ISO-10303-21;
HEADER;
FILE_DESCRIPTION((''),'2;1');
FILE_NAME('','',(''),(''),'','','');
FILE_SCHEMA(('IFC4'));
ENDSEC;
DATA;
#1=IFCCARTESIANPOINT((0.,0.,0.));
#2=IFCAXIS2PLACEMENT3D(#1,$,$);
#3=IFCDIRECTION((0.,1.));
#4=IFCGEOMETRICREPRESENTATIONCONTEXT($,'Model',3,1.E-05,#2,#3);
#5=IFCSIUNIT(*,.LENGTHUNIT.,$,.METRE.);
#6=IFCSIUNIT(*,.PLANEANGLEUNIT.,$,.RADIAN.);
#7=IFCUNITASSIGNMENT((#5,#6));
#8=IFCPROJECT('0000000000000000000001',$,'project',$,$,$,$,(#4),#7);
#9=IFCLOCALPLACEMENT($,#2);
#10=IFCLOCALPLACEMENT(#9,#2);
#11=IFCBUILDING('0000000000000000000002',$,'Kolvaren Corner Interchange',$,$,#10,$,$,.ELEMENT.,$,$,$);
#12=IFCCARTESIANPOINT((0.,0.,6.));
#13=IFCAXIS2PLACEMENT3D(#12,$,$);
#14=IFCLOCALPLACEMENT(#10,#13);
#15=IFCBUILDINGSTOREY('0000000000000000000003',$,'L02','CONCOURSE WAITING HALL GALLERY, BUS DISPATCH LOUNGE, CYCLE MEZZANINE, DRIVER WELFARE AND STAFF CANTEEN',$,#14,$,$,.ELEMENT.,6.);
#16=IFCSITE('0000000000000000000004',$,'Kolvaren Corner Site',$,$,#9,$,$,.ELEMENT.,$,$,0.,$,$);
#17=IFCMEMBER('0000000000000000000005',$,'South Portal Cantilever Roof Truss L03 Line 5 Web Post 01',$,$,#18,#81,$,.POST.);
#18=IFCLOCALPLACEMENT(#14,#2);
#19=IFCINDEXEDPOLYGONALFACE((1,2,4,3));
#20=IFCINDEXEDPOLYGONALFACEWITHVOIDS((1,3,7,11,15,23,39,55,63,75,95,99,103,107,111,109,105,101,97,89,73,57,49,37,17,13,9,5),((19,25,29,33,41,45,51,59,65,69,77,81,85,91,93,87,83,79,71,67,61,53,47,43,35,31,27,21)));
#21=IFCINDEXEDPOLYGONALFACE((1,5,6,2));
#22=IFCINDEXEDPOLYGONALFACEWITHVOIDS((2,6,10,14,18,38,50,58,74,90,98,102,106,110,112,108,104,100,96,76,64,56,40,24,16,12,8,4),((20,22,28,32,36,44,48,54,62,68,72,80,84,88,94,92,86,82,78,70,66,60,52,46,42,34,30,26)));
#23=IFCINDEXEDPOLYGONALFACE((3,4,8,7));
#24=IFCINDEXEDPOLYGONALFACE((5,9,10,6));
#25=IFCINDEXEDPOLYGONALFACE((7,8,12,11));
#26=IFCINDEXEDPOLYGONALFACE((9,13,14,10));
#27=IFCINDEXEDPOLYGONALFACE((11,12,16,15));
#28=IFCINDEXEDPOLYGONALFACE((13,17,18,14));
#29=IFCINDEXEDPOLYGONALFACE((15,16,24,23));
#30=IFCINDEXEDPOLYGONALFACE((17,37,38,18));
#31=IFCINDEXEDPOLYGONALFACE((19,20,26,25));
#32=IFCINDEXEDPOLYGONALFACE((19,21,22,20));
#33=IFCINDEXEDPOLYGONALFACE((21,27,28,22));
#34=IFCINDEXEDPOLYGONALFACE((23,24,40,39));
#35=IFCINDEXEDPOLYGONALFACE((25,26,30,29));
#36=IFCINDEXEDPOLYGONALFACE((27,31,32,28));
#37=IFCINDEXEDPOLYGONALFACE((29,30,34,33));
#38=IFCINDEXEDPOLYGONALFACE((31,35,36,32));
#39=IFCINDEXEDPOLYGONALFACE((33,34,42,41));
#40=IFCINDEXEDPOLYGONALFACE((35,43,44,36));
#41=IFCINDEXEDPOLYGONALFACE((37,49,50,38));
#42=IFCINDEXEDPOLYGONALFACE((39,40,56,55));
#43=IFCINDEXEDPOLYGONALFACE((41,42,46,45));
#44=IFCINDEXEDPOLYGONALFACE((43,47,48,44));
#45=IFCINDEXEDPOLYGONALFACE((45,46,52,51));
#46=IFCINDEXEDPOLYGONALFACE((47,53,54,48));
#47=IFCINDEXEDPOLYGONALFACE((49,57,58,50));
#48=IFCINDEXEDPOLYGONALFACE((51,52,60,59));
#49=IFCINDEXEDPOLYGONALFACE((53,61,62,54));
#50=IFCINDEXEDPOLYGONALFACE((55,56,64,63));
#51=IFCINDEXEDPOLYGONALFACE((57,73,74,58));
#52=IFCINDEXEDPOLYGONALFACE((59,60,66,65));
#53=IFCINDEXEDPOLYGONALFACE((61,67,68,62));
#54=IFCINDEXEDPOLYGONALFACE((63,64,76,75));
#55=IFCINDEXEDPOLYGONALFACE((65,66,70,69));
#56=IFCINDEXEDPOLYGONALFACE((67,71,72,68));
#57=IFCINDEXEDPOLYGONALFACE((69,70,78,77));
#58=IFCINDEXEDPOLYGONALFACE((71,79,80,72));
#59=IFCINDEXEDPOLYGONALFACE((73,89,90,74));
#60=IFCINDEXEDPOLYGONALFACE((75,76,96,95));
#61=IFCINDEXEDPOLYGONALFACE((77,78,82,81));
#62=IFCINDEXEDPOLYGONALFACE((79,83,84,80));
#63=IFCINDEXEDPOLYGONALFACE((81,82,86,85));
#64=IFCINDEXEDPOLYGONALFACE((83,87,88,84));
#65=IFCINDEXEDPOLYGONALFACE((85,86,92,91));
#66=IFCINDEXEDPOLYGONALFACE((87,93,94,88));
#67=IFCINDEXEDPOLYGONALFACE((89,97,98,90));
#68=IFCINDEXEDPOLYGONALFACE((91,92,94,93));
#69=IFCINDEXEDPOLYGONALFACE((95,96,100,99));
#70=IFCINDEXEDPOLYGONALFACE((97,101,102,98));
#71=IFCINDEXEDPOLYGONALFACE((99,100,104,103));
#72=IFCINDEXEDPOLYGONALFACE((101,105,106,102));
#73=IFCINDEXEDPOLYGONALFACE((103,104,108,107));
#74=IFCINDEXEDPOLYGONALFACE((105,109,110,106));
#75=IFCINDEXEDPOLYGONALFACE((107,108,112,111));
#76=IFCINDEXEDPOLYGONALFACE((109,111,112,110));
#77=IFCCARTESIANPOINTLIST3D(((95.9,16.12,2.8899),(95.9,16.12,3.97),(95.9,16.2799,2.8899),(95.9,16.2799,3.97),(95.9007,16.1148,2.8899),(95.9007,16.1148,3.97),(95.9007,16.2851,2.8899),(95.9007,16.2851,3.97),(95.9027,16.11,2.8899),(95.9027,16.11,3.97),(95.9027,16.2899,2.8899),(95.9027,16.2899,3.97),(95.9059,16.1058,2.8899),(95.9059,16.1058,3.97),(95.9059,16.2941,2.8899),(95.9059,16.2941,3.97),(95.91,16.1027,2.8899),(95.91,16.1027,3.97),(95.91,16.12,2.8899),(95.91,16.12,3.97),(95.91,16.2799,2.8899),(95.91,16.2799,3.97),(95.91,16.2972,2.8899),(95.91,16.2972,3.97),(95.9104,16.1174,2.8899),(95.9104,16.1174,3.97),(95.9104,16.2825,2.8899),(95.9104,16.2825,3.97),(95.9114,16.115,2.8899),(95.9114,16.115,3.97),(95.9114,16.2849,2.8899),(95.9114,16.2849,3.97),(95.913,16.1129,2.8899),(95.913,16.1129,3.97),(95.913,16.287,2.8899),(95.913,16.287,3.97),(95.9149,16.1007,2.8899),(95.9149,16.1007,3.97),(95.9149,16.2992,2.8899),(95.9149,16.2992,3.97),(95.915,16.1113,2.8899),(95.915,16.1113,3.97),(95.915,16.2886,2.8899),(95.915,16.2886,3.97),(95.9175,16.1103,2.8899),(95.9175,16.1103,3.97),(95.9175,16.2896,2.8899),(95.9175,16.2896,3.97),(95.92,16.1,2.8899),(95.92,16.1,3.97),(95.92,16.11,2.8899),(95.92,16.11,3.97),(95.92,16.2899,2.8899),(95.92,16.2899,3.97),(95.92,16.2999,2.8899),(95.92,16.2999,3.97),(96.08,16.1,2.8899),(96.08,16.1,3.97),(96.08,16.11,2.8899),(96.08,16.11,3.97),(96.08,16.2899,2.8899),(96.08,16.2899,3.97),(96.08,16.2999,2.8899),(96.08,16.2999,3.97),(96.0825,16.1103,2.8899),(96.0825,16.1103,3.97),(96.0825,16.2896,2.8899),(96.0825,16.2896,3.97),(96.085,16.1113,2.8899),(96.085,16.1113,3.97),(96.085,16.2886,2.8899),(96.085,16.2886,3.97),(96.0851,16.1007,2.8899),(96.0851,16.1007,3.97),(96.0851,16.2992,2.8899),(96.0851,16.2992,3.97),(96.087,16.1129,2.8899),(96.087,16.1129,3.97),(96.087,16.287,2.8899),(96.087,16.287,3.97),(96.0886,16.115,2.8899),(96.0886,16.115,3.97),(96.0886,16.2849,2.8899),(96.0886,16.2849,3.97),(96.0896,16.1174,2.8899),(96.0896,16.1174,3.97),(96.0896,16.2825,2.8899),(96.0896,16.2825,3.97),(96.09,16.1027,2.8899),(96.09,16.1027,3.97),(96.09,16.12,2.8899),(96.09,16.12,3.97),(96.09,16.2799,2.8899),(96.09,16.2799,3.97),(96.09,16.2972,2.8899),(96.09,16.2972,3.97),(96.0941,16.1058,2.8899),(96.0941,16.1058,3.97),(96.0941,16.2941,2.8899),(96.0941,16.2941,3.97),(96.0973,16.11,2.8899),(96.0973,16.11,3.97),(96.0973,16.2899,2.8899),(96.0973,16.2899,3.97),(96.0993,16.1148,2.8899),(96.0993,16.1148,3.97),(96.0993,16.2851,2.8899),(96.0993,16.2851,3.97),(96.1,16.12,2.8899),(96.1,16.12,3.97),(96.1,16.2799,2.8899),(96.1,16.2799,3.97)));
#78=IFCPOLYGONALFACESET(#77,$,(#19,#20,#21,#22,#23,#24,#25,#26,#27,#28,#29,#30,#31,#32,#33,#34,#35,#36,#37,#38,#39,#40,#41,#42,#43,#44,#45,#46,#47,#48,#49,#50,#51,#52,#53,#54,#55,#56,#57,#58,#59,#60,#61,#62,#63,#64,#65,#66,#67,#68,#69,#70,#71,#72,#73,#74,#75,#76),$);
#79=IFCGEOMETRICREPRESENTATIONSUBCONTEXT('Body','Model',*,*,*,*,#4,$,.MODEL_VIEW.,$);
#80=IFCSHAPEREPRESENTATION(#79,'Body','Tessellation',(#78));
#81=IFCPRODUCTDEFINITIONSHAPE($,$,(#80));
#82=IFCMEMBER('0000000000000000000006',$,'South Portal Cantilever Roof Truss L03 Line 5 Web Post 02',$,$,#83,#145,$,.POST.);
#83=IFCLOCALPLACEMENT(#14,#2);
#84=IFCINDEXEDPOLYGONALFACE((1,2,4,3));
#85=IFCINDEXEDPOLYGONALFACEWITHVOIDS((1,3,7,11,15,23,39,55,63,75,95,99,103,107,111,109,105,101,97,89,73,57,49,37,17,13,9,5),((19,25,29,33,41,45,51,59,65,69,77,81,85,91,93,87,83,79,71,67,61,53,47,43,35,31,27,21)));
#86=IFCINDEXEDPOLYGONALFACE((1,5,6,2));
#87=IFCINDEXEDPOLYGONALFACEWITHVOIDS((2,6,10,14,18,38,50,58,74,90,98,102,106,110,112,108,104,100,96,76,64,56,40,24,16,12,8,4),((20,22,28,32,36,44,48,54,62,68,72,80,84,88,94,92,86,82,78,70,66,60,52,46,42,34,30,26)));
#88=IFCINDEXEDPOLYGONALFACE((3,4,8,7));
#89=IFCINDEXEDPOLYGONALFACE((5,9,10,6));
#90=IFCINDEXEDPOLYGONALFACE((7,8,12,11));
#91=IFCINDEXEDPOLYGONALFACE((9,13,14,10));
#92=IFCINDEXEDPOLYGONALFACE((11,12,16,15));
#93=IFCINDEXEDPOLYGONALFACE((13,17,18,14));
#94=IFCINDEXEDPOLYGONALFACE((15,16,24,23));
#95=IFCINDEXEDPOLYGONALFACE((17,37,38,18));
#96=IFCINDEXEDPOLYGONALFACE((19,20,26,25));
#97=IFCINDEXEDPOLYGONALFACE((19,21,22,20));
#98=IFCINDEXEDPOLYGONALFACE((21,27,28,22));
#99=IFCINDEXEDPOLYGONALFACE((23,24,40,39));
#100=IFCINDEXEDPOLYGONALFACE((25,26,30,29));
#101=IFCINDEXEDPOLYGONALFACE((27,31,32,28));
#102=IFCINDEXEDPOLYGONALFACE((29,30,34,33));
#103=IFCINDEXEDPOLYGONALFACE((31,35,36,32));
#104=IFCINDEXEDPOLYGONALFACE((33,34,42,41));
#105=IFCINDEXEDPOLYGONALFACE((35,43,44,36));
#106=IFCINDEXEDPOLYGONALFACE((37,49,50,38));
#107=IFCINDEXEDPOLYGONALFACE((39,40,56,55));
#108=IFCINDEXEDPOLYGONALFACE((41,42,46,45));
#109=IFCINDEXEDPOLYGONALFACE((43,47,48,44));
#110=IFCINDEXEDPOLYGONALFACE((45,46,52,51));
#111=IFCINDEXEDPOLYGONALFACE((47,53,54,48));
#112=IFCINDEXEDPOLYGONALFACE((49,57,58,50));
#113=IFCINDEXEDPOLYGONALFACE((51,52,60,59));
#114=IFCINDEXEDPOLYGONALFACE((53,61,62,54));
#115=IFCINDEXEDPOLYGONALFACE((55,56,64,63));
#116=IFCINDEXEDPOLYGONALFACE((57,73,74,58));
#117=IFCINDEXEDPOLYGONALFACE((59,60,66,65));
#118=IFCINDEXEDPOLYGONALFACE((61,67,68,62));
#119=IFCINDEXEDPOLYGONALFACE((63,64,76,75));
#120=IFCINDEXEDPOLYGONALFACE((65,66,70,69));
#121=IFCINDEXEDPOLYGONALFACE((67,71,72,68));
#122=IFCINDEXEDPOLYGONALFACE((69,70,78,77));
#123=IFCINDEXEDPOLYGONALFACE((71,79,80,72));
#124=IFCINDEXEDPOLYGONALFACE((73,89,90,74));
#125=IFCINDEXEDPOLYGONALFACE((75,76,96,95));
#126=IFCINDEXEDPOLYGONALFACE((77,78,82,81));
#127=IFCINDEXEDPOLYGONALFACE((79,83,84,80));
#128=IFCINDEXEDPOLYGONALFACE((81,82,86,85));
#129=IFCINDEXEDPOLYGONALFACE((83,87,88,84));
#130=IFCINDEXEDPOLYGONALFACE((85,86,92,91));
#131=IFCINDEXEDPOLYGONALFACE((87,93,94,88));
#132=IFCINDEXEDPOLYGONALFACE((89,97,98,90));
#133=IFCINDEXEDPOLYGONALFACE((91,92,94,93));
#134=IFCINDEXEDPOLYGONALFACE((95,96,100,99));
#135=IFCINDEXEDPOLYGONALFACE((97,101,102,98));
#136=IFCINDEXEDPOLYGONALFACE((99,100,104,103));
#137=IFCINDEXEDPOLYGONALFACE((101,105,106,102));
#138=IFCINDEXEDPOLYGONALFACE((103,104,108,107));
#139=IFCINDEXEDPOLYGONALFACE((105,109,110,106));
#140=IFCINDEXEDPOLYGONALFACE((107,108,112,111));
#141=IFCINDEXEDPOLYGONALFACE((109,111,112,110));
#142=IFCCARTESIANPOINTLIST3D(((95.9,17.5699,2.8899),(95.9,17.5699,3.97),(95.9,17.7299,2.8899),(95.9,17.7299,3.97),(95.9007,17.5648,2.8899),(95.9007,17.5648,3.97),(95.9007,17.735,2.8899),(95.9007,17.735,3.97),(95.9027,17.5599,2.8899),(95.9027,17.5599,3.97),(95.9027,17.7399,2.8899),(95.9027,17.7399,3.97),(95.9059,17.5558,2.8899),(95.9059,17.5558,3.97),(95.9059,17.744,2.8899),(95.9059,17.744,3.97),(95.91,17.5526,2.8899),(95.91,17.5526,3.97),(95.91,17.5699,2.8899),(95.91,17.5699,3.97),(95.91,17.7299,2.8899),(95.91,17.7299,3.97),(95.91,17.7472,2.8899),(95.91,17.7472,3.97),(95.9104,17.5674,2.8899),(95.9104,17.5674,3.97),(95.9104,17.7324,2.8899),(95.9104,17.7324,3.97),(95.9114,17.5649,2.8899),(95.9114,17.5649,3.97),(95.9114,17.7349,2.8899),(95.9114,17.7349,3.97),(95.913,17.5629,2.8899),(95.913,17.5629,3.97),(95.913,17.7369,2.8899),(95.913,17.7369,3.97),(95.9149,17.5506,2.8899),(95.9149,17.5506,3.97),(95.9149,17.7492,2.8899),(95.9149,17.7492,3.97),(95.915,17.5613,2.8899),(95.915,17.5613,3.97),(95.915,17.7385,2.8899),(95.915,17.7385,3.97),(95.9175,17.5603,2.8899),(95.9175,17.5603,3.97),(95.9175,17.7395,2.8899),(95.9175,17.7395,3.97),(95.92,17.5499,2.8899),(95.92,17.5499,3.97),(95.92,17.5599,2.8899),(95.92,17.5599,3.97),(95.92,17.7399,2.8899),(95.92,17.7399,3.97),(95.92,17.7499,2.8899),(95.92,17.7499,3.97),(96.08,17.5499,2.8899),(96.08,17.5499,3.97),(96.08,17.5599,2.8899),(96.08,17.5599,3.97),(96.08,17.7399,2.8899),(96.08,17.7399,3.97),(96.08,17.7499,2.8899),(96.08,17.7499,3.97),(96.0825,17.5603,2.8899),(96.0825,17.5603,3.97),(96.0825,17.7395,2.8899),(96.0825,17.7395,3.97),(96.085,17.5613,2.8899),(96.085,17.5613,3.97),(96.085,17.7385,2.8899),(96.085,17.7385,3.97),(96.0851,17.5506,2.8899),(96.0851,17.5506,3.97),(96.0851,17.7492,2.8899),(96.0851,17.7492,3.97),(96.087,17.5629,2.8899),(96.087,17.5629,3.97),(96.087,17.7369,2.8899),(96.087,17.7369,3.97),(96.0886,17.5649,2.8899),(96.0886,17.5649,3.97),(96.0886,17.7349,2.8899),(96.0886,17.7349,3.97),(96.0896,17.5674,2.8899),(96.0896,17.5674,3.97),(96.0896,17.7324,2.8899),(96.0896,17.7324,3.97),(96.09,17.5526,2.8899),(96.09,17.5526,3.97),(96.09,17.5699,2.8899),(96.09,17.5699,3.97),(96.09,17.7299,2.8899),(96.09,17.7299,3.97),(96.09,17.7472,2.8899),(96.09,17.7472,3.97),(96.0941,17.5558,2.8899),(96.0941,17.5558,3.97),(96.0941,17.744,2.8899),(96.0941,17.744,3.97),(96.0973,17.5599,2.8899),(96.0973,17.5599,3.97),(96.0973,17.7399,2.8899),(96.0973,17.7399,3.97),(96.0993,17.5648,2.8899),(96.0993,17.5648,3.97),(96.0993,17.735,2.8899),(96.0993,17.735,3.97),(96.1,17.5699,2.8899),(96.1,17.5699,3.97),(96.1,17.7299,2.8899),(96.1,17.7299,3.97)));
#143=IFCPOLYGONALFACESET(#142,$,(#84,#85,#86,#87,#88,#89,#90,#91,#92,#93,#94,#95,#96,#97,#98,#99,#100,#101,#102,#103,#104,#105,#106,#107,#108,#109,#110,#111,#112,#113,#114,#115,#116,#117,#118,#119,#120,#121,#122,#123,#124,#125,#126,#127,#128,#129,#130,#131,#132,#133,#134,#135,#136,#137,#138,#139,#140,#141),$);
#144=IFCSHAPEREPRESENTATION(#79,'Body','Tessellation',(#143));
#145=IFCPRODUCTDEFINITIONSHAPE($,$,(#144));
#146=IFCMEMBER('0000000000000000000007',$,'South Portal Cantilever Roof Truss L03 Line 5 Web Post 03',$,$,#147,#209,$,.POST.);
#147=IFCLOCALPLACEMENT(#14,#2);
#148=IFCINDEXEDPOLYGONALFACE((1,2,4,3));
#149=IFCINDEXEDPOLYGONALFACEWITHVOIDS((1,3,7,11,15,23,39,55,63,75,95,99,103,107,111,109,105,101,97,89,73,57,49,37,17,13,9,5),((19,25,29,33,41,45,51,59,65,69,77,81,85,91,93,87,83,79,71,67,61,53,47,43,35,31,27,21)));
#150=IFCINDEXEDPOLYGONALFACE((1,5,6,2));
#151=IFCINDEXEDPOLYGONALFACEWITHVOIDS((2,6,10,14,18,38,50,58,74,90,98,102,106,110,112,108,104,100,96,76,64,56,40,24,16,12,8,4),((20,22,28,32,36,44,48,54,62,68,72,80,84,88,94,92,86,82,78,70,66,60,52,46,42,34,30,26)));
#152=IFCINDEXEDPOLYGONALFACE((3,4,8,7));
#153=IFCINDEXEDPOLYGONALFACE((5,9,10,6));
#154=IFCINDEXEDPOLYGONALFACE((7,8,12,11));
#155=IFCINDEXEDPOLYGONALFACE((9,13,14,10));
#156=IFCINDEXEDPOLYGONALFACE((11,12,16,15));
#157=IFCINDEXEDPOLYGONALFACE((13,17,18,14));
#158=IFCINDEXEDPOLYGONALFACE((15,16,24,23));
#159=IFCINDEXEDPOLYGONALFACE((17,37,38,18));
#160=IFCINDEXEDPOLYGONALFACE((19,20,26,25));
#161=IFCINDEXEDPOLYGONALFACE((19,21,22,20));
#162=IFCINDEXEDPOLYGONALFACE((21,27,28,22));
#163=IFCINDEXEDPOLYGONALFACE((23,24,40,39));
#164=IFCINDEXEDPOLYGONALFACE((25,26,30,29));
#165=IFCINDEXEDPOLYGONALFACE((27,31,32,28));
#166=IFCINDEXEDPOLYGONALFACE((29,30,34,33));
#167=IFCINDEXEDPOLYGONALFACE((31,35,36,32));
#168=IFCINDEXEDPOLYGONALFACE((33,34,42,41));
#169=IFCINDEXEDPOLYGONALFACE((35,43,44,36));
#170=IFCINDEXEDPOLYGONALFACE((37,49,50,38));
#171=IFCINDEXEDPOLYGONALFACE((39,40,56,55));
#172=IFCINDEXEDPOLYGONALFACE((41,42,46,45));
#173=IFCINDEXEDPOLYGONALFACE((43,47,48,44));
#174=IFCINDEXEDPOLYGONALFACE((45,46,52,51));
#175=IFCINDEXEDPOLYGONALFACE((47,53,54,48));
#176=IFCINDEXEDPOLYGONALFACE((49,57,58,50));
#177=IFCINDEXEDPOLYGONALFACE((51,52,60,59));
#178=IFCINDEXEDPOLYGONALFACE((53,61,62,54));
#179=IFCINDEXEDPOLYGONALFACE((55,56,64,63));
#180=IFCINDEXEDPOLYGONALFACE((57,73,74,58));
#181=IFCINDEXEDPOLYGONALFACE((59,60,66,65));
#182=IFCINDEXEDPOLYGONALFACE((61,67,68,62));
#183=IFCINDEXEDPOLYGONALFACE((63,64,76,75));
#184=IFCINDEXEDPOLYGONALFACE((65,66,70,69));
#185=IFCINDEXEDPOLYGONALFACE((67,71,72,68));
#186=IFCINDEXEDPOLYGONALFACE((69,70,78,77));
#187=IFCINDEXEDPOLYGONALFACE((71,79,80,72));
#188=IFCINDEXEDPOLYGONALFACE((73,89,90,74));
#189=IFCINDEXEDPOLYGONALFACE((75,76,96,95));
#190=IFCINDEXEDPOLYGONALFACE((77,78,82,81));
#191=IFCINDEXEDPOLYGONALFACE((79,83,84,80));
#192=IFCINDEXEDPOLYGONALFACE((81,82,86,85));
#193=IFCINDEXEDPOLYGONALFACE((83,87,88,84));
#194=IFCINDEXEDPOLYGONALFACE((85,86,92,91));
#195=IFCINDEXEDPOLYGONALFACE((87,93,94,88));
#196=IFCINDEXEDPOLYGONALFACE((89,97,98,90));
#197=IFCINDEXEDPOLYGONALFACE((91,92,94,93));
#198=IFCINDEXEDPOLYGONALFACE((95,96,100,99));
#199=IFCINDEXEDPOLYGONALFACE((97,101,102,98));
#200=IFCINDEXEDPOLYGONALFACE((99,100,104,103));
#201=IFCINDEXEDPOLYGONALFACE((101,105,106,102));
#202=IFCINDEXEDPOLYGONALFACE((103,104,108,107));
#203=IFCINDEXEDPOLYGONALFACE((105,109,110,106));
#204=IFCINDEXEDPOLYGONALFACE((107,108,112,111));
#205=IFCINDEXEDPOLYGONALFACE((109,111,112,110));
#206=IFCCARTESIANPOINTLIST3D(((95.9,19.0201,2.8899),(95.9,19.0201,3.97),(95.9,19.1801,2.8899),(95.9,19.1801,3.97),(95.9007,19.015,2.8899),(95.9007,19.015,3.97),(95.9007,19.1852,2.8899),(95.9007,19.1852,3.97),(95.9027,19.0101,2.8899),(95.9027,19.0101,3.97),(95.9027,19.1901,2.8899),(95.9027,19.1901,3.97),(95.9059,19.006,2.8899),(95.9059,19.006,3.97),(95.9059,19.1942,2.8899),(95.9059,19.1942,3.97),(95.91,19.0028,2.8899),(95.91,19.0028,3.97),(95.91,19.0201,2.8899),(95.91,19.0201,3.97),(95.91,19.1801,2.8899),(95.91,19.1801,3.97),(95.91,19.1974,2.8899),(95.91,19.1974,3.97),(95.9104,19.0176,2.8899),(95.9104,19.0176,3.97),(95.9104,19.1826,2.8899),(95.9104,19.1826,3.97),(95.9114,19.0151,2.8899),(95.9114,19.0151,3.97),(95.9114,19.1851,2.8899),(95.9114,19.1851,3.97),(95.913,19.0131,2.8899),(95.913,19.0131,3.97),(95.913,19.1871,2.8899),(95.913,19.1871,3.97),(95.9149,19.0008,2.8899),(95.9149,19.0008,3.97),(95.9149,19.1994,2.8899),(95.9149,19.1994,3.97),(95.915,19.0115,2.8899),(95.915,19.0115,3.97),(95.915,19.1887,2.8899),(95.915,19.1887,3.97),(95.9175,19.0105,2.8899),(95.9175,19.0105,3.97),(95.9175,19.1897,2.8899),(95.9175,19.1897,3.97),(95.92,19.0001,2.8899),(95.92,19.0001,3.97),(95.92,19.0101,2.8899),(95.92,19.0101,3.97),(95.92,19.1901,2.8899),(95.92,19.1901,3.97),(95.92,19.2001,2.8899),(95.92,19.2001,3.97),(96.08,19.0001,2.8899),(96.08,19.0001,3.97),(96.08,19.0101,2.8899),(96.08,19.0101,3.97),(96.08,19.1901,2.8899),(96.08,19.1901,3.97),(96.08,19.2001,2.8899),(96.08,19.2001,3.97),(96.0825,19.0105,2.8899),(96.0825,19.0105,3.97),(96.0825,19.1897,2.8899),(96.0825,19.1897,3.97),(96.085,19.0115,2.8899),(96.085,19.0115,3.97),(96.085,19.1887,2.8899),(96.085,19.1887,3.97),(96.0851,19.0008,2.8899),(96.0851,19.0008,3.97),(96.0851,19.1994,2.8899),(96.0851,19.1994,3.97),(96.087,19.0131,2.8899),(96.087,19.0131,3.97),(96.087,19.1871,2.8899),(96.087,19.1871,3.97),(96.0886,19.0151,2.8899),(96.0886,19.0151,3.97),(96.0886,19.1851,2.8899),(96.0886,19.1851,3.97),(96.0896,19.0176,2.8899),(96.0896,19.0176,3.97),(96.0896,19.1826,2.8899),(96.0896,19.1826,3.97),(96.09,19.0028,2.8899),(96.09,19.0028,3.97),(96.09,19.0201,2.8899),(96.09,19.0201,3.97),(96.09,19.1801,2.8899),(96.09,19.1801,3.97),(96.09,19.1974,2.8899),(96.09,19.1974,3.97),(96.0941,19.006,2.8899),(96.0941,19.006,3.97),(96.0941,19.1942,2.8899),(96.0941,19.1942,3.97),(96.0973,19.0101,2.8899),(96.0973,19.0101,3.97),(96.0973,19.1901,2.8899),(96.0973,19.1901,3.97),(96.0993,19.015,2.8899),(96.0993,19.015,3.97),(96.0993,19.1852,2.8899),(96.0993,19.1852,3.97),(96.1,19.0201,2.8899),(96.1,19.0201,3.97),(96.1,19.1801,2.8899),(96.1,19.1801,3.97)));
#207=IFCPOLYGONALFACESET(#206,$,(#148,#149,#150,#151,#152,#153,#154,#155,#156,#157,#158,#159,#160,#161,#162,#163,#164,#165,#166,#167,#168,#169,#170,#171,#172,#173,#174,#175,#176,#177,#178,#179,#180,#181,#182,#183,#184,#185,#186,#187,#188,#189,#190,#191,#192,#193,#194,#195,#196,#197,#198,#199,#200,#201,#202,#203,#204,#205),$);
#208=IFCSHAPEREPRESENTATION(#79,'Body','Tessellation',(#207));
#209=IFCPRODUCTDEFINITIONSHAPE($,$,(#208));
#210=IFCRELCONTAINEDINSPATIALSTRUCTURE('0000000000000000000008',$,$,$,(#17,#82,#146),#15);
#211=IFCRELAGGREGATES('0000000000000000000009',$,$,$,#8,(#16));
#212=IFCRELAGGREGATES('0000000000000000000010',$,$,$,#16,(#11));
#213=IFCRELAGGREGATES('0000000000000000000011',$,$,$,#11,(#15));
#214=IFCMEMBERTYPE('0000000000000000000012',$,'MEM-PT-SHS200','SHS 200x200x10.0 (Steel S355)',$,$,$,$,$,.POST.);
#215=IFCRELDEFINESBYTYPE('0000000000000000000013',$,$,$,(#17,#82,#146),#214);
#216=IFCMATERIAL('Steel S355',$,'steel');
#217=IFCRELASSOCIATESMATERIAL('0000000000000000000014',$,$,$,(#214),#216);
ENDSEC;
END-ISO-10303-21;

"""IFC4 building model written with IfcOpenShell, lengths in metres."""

from ifc_helpers import new_model, si_unit, direction, frame, origin, origin_2d, place, context, subcontext, project, spatial, hollow_rectangle, extrude, material, material_profile, profile_set, type_object, element, save


model = new_model("IFC4")

# Units and contexts
model_context = context("Model", 3, precision=1e-05, world=origin(), true_north=direction((0.0, 1.0)))
body_context = subcontext(model_context, "Body", "Model", "MODEL_VIEW")
ifc_project = project(units=[si_unit("LENGTHUNIT", "METRE"), si_unit("PLANEANGLEUNIT", "RADIAN")], contexts=[model_context])

# Site, building, storey
site_placement = place(None, origin())
site = spatial("IfcSite", under=ifc_project, at=site_placement, Name="Kolvaren Corner Site", CompositionType="ELEMENT", RefElevation=0.0)
building_placement = place(site_placement, origin())
building = spatial("IfcBuilding", under=site, at=building_placement, Name="Kolvaren Corner Interchange", CompositionType="ELEMENT")
storey_placement = place(building_placement, frame((0.0, 0.0, 6.0)))
storey = spatial("IfcBuildingStorey", under=building, at=storey_placement, Name="L02", Description="CONCOURSE WAITING HALL GALLERY, BUS DISPATCH LOUNGE, CYCLE MEZZANINE, DRIVER WELFARE AND STAFF CANTEEN", CompositionType="ELEMENT", Elevation=6.0)

# Members
ifc_material_1 = material(Name="Steel S355", Category="steel")
ifc_material_profile_1 = material_profile(ifc_material_1, hollow_rectangle(XDim=0.2, YDim=0.2, WallThickness=0.01, InnerFilletRadius=0.01, OuterFilletRadius=0.02, at=origin_2d()), Name="SHS 200x200x10.0")
ifc_profile_set_1 = profile_set([ifc_material_profile_1], Name="Steel S355")
member_type_1 = type_object("IfcMemberType", Name="MEM-PT-SHS200", Description="SHS 200x200x10.0 (Steel S355)", PredefinedType="POST", material=ifc_profile_set_1)
for number, where, z_axis, x_axis, name in (
    (1, (96.0, 16.2, 2.8899), (0.0, 0.0, 1.0), (1.0, 0.0, 0.0), "South Portal Cantilever Roof Truss L03 Line 5 Web Post 01"),
    (2, (96.0, 17.6499, 2.8899), (0.0, 0.0, 1.0), (1.0, 0.0, 0.0), "South Portal Cantilever Roof Truss L03 Line 5 Web Post 02"),
    (3, (96.0, 19.1001, 2.8899), (0.0, 0.0, 1.0), (1.0, 0.0, 0.0), "South Portal Cantilever Roof Truss L03 Line 5 Web Post 03"),
):
    element("IfcMember", number, at=place(storey_placement, frame(where, z_axis=z_axis, x_axis=x_axis)), inside=storey, type_object=member_type_1, Name=name, PredefinedType="POST", context=body_context, shape_type="SweptSolid", body=[
        extrude(hollow_rectangle(XDim=0.2, YDim=0.2, WallThickness=0.01, InnerFilletRadius=0.01, OuterFilletRadius=0.02, at=origin_2d()), origin(), (0.0, 0.0, 1.0), 1.0801),
    ])

save(model, "model.ifc")
